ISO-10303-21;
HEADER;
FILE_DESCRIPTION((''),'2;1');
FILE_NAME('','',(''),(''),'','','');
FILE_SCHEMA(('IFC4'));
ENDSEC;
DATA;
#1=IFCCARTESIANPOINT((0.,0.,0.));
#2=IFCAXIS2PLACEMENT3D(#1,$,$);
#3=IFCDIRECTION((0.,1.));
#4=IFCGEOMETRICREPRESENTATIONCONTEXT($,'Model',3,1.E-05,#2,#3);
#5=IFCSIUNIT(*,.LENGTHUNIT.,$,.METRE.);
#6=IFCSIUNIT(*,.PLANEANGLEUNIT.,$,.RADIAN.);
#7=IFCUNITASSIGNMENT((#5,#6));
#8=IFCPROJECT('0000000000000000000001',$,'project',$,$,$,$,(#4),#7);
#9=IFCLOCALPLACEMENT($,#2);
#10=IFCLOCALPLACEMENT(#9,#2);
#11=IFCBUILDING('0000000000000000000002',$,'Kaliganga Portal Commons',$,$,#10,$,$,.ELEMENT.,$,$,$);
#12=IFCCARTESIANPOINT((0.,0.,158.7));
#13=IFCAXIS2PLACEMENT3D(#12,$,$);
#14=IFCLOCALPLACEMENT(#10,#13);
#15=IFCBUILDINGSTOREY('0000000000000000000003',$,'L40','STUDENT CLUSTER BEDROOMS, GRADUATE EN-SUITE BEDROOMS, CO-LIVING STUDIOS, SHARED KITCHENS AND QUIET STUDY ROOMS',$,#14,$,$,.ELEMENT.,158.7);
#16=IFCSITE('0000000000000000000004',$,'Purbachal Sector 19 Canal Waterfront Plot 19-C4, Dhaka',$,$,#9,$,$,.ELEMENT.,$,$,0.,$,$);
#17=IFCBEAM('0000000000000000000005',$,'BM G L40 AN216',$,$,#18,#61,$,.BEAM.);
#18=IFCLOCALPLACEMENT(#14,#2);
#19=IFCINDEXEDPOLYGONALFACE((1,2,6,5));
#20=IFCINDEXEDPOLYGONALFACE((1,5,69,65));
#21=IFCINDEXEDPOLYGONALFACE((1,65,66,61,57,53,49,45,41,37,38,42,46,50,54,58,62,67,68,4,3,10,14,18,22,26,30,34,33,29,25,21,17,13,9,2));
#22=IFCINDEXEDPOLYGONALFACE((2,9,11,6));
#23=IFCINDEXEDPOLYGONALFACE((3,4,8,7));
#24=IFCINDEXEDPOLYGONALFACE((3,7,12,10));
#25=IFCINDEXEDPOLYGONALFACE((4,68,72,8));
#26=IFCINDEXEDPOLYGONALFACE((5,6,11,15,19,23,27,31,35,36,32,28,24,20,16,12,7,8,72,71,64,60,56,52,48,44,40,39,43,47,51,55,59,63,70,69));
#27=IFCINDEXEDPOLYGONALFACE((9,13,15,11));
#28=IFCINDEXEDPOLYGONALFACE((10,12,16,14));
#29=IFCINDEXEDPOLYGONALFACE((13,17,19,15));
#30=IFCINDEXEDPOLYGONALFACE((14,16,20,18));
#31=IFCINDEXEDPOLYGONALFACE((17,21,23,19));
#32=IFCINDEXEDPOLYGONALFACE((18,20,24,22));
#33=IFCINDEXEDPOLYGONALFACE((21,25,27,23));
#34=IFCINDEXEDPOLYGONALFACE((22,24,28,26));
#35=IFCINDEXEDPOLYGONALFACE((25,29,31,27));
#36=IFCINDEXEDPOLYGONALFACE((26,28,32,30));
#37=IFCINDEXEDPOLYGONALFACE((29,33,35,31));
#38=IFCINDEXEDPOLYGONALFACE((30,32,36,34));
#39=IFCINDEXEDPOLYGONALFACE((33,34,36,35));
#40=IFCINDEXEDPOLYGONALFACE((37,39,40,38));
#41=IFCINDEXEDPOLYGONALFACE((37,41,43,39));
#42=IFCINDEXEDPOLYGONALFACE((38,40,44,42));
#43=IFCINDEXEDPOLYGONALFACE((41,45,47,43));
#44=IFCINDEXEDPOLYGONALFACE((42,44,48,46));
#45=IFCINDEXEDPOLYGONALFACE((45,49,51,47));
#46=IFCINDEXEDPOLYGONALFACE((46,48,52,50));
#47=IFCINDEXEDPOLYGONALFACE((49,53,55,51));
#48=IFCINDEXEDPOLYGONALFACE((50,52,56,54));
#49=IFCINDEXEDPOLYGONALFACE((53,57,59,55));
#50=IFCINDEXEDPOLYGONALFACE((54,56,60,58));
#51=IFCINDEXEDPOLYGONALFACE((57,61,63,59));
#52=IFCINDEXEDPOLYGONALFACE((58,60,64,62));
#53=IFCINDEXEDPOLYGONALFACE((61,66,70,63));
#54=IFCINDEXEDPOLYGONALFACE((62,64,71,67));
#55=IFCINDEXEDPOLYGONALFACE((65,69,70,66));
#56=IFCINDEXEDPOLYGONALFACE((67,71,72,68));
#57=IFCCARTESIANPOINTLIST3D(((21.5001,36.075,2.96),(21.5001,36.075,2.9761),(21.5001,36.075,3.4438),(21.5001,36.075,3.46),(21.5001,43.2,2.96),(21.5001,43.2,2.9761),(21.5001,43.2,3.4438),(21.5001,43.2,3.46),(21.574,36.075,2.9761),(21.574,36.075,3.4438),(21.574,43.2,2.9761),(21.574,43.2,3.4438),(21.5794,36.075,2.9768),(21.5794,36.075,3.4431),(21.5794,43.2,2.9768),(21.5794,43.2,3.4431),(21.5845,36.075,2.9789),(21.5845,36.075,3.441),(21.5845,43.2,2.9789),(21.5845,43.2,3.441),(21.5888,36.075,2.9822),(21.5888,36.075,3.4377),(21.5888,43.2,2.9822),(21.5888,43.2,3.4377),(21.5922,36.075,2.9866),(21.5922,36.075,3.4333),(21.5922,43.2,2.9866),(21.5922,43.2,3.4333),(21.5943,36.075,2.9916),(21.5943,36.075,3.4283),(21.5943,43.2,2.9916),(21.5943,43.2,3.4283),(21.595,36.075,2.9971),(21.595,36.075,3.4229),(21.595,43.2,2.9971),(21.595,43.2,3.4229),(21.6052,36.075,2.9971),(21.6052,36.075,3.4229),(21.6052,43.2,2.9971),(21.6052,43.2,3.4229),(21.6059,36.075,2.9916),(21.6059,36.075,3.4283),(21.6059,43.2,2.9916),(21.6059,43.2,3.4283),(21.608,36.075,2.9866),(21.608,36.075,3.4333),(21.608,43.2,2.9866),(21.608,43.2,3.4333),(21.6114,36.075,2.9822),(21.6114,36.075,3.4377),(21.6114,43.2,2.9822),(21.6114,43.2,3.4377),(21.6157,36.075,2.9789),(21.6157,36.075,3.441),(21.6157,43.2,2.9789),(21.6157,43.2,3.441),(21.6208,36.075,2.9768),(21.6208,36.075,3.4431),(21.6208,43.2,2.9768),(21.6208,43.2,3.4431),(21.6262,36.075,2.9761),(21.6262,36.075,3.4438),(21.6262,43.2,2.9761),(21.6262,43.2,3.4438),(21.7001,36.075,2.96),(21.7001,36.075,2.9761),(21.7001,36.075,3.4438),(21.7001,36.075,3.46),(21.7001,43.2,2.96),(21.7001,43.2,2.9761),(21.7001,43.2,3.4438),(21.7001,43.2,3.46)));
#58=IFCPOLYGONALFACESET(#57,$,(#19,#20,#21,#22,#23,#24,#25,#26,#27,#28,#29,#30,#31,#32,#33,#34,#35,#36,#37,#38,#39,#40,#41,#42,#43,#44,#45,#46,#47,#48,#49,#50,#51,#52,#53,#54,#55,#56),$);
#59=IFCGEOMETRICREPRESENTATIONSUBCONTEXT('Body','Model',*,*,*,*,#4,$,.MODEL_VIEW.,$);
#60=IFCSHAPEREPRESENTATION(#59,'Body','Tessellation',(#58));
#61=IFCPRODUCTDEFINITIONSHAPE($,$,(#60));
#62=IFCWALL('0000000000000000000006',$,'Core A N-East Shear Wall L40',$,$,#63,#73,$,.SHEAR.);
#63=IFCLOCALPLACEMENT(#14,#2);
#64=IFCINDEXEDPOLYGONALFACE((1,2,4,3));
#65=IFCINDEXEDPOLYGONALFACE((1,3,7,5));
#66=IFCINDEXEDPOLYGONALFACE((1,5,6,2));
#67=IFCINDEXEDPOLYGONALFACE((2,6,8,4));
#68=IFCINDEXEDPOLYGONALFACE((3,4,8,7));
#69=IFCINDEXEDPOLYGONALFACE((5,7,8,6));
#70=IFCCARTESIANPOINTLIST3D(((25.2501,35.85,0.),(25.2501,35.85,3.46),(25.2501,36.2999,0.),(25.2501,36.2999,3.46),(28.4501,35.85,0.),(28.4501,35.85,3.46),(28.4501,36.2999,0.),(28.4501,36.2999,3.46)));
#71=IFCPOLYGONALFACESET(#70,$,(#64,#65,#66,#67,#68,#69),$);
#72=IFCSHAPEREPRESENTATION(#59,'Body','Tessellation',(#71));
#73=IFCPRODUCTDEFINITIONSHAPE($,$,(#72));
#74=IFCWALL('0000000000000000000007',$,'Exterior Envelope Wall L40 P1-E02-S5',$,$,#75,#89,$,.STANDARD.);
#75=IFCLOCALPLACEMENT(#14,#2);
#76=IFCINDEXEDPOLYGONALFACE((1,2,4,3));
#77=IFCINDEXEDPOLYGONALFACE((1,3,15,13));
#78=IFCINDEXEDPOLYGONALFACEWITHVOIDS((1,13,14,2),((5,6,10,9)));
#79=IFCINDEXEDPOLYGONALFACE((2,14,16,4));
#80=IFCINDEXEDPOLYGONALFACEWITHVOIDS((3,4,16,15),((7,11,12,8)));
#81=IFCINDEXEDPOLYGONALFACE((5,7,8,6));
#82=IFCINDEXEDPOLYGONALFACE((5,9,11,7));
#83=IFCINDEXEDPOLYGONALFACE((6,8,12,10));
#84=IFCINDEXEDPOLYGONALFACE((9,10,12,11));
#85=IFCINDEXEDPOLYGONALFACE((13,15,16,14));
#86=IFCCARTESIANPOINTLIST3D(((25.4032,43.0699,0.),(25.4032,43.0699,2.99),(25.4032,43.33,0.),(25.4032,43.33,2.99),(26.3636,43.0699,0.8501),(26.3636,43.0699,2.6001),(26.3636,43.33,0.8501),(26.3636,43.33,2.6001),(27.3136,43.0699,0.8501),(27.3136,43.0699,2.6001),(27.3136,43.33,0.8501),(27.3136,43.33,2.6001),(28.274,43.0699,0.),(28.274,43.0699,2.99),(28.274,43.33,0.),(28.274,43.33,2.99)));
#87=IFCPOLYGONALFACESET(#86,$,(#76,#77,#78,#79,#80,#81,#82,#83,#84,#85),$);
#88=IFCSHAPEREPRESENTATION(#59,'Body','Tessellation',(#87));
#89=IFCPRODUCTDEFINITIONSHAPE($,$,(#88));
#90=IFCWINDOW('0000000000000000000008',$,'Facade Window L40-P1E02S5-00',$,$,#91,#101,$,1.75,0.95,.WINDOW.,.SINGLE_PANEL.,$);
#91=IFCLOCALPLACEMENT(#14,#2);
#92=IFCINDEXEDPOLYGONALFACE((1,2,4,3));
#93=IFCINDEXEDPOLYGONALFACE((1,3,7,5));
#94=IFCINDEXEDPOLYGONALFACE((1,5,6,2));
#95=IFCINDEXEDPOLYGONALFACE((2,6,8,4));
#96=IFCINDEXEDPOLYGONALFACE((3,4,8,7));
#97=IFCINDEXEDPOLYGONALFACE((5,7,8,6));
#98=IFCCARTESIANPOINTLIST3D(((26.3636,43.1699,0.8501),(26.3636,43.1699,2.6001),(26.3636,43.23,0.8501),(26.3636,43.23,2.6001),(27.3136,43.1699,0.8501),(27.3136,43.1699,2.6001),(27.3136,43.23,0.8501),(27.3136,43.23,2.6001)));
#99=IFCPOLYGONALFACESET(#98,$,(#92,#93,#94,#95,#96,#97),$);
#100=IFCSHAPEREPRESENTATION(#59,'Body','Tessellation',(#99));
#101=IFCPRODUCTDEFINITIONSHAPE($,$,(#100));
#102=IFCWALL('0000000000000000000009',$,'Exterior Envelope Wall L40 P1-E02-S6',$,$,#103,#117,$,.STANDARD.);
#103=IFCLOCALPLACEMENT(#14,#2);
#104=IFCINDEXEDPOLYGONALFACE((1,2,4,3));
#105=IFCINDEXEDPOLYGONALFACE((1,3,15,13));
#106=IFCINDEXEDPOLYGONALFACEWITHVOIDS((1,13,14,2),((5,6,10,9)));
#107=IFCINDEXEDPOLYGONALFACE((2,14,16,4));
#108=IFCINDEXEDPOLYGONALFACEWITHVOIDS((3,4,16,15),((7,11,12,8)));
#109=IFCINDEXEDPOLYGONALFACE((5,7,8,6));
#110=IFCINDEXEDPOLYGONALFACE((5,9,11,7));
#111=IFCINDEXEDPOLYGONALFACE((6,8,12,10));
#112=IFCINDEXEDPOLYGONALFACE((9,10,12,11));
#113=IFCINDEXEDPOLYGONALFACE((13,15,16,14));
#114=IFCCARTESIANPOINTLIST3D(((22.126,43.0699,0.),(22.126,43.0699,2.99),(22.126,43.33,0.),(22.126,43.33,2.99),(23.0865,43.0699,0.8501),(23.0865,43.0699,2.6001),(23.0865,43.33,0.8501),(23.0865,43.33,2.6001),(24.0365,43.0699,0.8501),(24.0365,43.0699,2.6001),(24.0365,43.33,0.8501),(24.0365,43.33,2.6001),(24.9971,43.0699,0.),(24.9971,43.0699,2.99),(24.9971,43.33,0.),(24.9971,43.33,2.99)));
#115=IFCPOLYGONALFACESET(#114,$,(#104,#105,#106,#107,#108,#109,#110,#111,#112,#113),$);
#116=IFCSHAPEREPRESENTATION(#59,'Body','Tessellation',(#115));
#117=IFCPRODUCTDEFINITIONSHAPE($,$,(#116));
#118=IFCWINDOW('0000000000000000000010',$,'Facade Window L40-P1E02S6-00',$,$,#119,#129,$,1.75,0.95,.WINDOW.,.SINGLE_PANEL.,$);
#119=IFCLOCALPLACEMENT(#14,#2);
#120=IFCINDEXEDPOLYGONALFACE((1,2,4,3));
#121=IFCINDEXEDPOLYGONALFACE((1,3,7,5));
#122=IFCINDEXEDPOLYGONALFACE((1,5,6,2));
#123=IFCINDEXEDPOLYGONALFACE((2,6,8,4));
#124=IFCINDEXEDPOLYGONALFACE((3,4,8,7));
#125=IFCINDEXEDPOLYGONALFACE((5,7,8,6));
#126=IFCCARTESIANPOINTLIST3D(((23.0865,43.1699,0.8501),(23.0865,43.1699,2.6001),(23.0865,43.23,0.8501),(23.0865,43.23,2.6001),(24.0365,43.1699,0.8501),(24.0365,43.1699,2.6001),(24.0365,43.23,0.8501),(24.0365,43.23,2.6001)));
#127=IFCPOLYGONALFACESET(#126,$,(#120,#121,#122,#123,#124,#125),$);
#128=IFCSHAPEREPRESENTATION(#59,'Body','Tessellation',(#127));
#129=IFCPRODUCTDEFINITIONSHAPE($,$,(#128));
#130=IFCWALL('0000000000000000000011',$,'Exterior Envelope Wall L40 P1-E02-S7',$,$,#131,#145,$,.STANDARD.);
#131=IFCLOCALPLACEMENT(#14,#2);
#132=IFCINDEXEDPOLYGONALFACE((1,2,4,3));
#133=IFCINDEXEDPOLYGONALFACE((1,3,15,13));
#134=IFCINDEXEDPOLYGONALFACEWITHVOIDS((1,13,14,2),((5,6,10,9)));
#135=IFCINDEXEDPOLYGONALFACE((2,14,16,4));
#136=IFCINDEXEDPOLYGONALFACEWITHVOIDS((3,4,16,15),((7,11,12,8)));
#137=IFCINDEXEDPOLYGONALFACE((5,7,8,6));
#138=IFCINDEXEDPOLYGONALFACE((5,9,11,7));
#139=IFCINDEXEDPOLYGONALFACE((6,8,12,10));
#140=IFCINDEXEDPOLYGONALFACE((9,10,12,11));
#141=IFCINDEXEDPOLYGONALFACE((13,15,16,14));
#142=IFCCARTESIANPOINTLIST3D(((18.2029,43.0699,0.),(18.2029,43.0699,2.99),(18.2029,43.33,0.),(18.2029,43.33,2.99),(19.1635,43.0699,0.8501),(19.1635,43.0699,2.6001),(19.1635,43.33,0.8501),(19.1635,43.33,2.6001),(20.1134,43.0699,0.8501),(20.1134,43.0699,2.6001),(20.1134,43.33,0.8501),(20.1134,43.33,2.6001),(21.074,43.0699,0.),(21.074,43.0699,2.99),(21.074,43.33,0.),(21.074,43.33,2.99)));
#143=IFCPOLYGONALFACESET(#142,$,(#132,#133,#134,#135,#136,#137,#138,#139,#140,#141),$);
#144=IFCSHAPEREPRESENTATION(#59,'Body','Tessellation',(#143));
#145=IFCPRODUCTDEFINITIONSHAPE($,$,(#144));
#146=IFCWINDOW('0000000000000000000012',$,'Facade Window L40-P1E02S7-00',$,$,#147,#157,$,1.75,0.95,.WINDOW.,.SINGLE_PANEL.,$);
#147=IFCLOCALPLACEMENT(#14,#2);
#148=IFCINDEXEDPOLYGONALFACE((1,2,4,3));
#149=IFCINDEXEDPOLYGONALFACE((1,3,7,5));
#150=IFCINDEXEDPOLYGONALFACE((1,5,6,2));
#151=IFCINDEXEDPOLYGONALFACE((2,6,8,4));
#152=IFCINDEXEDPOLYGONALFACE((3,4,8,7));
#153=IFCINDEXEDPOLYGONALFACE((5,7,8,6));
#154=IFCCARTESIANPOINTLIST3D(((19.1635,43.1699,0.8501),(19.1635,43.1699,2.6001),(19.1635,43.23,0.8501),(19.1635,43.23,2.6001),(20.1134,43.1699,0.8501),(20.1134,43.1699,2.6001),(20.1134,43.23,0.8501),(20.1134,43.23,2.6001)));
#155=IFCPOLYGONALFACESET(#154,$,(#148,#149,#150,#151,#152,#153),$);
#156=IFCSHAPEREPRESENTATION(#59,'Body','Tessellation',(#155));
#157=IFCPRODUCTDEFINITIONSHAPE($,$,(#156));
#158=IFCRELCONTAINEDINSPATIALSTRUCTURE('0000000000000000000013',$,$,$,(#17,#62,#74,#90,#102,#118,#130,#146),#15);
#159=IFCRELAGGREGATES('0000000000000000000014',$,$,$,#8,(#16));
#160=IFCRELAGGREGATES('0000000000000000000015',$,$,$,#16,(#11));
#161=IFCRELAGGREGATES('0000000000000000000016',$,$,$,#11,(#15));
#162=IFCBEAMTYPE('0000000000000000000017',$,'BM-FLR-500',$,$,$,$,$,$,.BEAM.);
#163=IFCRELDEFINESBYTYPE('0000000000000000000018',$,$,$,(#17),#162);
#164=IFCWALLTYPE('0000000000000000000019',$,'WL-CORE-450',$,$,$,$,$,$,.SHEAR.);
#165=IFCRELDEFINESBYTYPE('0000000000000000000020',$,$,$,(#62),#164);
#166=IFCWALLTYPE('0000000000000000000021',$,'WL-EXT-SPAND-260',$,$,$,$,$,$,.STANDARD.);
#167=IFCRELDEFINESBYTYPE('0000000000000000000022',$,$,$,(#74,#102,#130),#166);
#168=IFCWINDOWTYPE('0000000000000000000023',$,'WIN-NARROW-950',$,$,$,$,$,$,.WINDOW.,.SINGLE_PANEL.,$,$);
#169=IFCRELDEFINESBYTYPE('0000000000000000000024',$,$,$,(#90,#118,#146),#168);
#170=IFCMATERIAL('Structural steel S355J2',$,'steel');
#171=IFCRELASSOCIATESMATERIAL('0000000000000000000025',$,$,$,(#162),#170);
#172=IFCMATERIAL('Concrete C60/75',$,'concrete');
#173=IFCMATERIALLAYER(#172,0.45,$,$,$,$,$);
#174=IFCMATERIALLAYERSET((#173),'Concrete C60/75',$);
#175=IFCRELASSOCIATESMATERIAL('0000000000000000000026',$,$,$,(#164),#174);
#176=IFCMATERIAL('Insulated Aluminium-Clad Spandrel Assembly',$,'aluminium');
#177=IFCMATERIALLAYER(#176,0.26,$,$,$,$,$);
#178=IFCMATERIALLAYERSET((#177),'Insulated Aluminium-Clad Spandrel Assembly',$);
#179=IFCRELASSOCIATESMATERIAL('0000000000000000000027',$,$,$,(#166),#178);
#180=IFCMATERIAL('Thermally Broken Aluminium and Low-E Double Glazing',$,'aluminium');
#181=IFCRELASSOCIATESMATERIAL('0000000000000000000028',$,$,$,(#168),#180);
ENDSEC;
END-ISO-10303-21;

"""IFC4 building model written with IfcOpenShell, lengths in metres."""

from ifc_helpers import new_model, si_unit, direction, frame, frame_2d, origin, origin_2d, place, context, subcontext, project, spatial, rectangle, i_section, extrude, source, transform, mapped, material, layer, layer_set, material_profile, profile_set, type_object, element, fill, save


model = new_model("IFC4")

# Units and contexts
model_context = context("Model", 3, precision=1e-05, world=origin(), true_north=direction((0.0, 1.0)))
body_context = subcontext(model_context, "Body", "Model", "MODEL_VIEW")
ifc_project = project(units=[si_unit("LENGTHUNIT", "METRE"), si_unit("PLANEANGLEUNIT", "RADIAN")], contexts=[model_context])

# Site, building, storey
site_placement = place(None, origin())
site = spatial("IfcSite", under=ifc_project, at=site_placement, Name="Purbachal Sector 19 Canal Waterfront Plot 19-C4, Dhaka", CompositionType="ELEMENT", RefElevation=0.0)
building_placement = place(site_placement, origin())
building = spatial("IfcBuilding", under=site, at=building_placement, Name="Kaliganga Portal Commons", CompositionType="ELEMENT")
storey_placement = place(building_placement, frame((0.0, 0.0, 158.7)))
storey = spatial("IfcBuildingStorey", under=building, at=storey_placement, Name="L40", Description="STUDENT CLUSTER BEDROOMS, GRADUATE EN-SUITE BEDROOMS, CO-LIVING STUDIOS, SHARED KITCHENS AND QUIET STUDY ROOMS", CompositionType="ELEMENT", Elevation=158.7)

# Shared definitions
ifc_material_1 = material(Name="Concrete C60/75", Category="concrete")

# Beam
ifc_material_2 = material(Name="Structural steel S355J2", Category="steel")
ifc_material_profile_1 = material_profile(ifc_material_2, i_section(OverallWidth=0.2, OverallDepth=0.5, WebThickness=0.0103, FlangeThickness=0.0161, FilletRadius=0.021, at=origin_2d()), Name="IPE 500")
ifc_profile_set_1 = profile_set([ifc_material_profile_1], Name="Structural steel S355J2 wide-flange")
beam_type_1 = type_object("IfcBeamType", Name="BM-FLR-500", PredefinedType="BEAM", material=ifc_profile_set_1)
shared_shape_1 = source(origin(), body_context, "Body", "SweptSolid", [
    extrude(i_section(OverallWidth=0.2, OverallDepth=0.5, WebThickness=0.0103, FlangeThickness=0.0161, FilletRadius=0.021, at=origin_2d()), origin(), (0.0, 0.0, 1.0), 7.125),
])
beam_1_placement = place(storey_placement, frame((21.6001, 36.075, 3.21), z_axis=(0.0, 1.0, 0.0), x_axis=(-1.0, 0.0, 0.0)))
element("IfcBeam", 1, at=beam_1_placement, inside=storey, type_object=beam_type_1, Name="BM G L40 AN216", PredefinedType="BEAM", context=body_context, shape_type="MappedRepresentation", body=[
    mapped(shared_shape_1, transform((0.0, 0.0, 0.0), x_axis=(1.0, 0.0, 0.0), y_axis=(0.0, 1.0, 0.0), z_axis=(0.0, 0.0, 1.0), scale=1.0)),
])

# Wall
ifc_layer_1 = layer(ifc_material_1, 0.45)
ifc_layer_set_1 = layer_set([ifc_layer_1], Name="Concrete C60/75")
wall_type_1 = type_object("IfcWallType", Name="WL-CORE-450", PredefinedType="SHEAR", material=ifc_layer_set_1)
wall_1_placement = place(storey_placement, frame((25.25, 36.075, 0.0), z_axis=(0.0, 0.0, 1.0), x_axis=(1.0, 0.0, 0.0)))
element("IfcWall", 2, at=wall_1_placement, inside=storey, type_object=wall_type_1, Name="Core A N-East Shear Wall L40", PredefinedType="SHEAR", context=body_context, shape_type="SweptSolid", body=[
    extrude(rectangle(XDim=3.2, YDim=0.45, at=frame_2d((1.6001, 0.0))), origin(), (0.0, 0.0, 1.0), 3.46),
])

# Walls, openings, windows
ifc_material_3 = material(Name="Insulated Aluminium-Clad Spandrel Assembly", Category="aluminium")
ifc_layer_2 = layer(ifc_material_3, 0.26)
ifc_layer_set_2 = layer_set([ifc_layer_2], Name="Insulated Aluminium-Clad Spandrel Assembly")
wall_type_2 = type_object("IfcWallType", Name="WL-EXT-SPAND-260", PredefinedType="STANDARD", material=ifc_layer_set_2)
wall_2_placement = place(storey_placement, frame((25.4031, 43.2, 0.0), z_axis=(0.0, 0.0, 1.0), x_axis=(1.0, 0.0, 0.0)))
wall_2 = element("IfcWall", 3, at=wall_2_placement, inside=storey, type_object=wall_type_2, Name="Exterior Envelope Wall L40 P1-E02-S5", PredefinedType="STANDARD", context=body_context, shape_type="SweptSolid", body=[
    extrude(rectangle(XDim=2.8708, YDim=0.26, at=frame_2d((1.4355, 0.0))), origin(), (0.0, 0.0, 1.0), 2.99),
])
opening_1_placement = place(wall_2_placement, frame((0.9604, 0.0, 0.8501)))
opening_1 = element("IfcOpeningElement", 4, at=opening_1_placement, cuts=wall_2, PredefinedType="OPENING", context=body_context, shape_type="SweptSolid", body=[
    extrude(rectangle(XDim=0.95, YDim=1.75, at=frame_2d((0.4751, 0.875))), frame((0.0, 0.1401, 0.0), z_axis=(0.0, -1.0, 0.0), x_axis=(1.0, 0.0, 0.0)), (0.0, 0.0, 1.0), 0.28),
])
ifc_material_4 = material(Name="Thermally Broken Aluminium and Low-E Double Glazing", Category="aluminium")
window_type = type_object("IfcWindowType", Name="WIN-NARROW-950", PartitioningType="SINGLE_PANEL", PredefinedType="WINDOW", material=ifc_material_4)
window_1_placement = place(opening_1_placement, origin())
window_1 = element("IfcWindow", 5, at=window_1_placement, inside=storey, type_object=window_type, Name="Facade Window L40-P1E02S5-00", OverallHeight=1.75, OverallWidth=0.95, PartitioningType="SINGLE_PANEL", PredefinedType="WINDOW", context=body_context, shape_type="SweptSolid", body=[
    extrude(rectangle(XDim=0.95, YDim=1.75, at=frame_2d((0.4751, 0.875))), frame((0.0, 0.03, 0.0), z_axis=(0.0, -1.0, 0.0), x_axis=(1.0, 0.0, 0.0)), (0.0, 0.0, 1.0), 0.0601),
])
fill(opening_1, window_1)
wall_3_placement = place(storey_placement, frame((22.126, 43.2, 0.0), z_axis=(0.0, 0.0, 1.0), x_axis=(1.0, 0.0, 0.0)))
wall_3 = element("IfcWall", 6, at=wall_3_placement, inside=storey, type_object=wall_type_2, Name="Exterior Envelope Wall L40 P1-E02-S6", PredefinedType="STANDARD", context=body_context, shape_type="SweptSolid", body=[
    extrude(rectangle(XDim=2.8711, YDim=0.26, at=frame_2d((1.4355, 0.0))), origin(), (0.0, 0.0, 1.0), 2.99),
])
opening_2_placement = place(wall_3_placement, frame((0.9604, 0.0, 0.8501)))
opening_2 = element("IfcOpeningElement", 7, at=opening_2_placement, cuts=wall_3, PredefinedType="OPENING", context=body_context, shape_type="SweptSolid", body=[
    extrude(rectangle(XDim=0.95, YDim=1.75, at=frame_2d((0.4751, 0.875))), frame((0.0, 0.1401, 0.0), z_axis=(0.0, -1.0, 0.0), x_axis=(1.0, 0.0, 0.0)), (0.0, 0.0, 1.0), 0.28),
])
window_2_placement = place(opening_2_placement, origin())
window_2 = element("IfcWindow", 8, at=window_2_placement, inside=storey, type_object=window_type, Name="Facade Window L40-P1E02S6-00", OverallHeight=1.75, OverallWidth=0.95, PartitioningType="SINGLE_PANEL", PredefinedType="WINDOW", context=body_context, shape_type="SweptSolid", body=[
    extrude(rectangle(XDim=0.95, YDim=1.75, at=frame_2d((0.4751, 0.875))), frame((0.0, 0.03, 0.0), z_axis=(0.0, -1.0, 0.0), x_axis=(1.0, 0.0, 0.0)), (0.0, 0.0, 1.0), 0.0601),
])
fill(opening_2, window_2)
wall_4_placement = place(storey_placement, frame((18.2029, 43.2, 0.0), z_axis=(0.0, 0.0, 1.0), x_axis=(1.0, 0.0, 0.0)))
wall_4 = element("IfcWall", 9, at=wall_4_placement, inside=storey, type_object=wall_type_2, Name="Exterior Envelope Wall L40 P1-E02-S7", PredefinedType="STANDARD", context=body_context, shape_type="SweptSolid", body=[
    extrude(rectangle(XDim=2.8711, YDim=0.26, at=frame_2d((1.4355, 0.0))), origin(), (0.0, 0.0, 1.0), 2.99),
])
opening_3_placement = place(wall_4_placement, frame((0.9604, 0.0, 0.8501)))
opening_3 = element("IfcOpeningElement", 10, at=opening_3_placement, cuts=wall_4, PredefinedType="OPENING", context=body_context, shape_type="SweptSolid", body=[
    extrude(rectangle(XDim=0.95, YDim=1.75, at=frame_2d((0.4751, 0.875))), frame((0.0, 0.1401, 0.0), z_axis=(0.0, -1.0, 0.0), x_axis=(1.0, 0.0, 0.0)), (0.0, 0.0, 1.0), 0.28),
])
window_3_placement = place(opening_3_placement, origin())
window_3 = element("IfcWindow", 11, at=window_3_placement, inside=storey, type_object=window_type, Name="Facade Window L40-P1E02S7-00", OverallHeight=1.75, OverallWidth=0.95, PartitioningType="SINGLE_PANEL", PredefinedType="WINDOW", context=body_context, shape_type="SweptSolid", body=[
    extrude(rectangle(XDim=0.95, YDim=1.75, at=frame_2d((0.4751, 0.875))), frame((0.0, 0.03, 0.0), z_axis=(0.0, -1.0, 0.0), x_axis=(1.0, 0.0, 0.0)), (0.0, 0.0, 1.0), 0.0601),
])
fill(opening_3, window_3)

save(model, "model.ifc")
